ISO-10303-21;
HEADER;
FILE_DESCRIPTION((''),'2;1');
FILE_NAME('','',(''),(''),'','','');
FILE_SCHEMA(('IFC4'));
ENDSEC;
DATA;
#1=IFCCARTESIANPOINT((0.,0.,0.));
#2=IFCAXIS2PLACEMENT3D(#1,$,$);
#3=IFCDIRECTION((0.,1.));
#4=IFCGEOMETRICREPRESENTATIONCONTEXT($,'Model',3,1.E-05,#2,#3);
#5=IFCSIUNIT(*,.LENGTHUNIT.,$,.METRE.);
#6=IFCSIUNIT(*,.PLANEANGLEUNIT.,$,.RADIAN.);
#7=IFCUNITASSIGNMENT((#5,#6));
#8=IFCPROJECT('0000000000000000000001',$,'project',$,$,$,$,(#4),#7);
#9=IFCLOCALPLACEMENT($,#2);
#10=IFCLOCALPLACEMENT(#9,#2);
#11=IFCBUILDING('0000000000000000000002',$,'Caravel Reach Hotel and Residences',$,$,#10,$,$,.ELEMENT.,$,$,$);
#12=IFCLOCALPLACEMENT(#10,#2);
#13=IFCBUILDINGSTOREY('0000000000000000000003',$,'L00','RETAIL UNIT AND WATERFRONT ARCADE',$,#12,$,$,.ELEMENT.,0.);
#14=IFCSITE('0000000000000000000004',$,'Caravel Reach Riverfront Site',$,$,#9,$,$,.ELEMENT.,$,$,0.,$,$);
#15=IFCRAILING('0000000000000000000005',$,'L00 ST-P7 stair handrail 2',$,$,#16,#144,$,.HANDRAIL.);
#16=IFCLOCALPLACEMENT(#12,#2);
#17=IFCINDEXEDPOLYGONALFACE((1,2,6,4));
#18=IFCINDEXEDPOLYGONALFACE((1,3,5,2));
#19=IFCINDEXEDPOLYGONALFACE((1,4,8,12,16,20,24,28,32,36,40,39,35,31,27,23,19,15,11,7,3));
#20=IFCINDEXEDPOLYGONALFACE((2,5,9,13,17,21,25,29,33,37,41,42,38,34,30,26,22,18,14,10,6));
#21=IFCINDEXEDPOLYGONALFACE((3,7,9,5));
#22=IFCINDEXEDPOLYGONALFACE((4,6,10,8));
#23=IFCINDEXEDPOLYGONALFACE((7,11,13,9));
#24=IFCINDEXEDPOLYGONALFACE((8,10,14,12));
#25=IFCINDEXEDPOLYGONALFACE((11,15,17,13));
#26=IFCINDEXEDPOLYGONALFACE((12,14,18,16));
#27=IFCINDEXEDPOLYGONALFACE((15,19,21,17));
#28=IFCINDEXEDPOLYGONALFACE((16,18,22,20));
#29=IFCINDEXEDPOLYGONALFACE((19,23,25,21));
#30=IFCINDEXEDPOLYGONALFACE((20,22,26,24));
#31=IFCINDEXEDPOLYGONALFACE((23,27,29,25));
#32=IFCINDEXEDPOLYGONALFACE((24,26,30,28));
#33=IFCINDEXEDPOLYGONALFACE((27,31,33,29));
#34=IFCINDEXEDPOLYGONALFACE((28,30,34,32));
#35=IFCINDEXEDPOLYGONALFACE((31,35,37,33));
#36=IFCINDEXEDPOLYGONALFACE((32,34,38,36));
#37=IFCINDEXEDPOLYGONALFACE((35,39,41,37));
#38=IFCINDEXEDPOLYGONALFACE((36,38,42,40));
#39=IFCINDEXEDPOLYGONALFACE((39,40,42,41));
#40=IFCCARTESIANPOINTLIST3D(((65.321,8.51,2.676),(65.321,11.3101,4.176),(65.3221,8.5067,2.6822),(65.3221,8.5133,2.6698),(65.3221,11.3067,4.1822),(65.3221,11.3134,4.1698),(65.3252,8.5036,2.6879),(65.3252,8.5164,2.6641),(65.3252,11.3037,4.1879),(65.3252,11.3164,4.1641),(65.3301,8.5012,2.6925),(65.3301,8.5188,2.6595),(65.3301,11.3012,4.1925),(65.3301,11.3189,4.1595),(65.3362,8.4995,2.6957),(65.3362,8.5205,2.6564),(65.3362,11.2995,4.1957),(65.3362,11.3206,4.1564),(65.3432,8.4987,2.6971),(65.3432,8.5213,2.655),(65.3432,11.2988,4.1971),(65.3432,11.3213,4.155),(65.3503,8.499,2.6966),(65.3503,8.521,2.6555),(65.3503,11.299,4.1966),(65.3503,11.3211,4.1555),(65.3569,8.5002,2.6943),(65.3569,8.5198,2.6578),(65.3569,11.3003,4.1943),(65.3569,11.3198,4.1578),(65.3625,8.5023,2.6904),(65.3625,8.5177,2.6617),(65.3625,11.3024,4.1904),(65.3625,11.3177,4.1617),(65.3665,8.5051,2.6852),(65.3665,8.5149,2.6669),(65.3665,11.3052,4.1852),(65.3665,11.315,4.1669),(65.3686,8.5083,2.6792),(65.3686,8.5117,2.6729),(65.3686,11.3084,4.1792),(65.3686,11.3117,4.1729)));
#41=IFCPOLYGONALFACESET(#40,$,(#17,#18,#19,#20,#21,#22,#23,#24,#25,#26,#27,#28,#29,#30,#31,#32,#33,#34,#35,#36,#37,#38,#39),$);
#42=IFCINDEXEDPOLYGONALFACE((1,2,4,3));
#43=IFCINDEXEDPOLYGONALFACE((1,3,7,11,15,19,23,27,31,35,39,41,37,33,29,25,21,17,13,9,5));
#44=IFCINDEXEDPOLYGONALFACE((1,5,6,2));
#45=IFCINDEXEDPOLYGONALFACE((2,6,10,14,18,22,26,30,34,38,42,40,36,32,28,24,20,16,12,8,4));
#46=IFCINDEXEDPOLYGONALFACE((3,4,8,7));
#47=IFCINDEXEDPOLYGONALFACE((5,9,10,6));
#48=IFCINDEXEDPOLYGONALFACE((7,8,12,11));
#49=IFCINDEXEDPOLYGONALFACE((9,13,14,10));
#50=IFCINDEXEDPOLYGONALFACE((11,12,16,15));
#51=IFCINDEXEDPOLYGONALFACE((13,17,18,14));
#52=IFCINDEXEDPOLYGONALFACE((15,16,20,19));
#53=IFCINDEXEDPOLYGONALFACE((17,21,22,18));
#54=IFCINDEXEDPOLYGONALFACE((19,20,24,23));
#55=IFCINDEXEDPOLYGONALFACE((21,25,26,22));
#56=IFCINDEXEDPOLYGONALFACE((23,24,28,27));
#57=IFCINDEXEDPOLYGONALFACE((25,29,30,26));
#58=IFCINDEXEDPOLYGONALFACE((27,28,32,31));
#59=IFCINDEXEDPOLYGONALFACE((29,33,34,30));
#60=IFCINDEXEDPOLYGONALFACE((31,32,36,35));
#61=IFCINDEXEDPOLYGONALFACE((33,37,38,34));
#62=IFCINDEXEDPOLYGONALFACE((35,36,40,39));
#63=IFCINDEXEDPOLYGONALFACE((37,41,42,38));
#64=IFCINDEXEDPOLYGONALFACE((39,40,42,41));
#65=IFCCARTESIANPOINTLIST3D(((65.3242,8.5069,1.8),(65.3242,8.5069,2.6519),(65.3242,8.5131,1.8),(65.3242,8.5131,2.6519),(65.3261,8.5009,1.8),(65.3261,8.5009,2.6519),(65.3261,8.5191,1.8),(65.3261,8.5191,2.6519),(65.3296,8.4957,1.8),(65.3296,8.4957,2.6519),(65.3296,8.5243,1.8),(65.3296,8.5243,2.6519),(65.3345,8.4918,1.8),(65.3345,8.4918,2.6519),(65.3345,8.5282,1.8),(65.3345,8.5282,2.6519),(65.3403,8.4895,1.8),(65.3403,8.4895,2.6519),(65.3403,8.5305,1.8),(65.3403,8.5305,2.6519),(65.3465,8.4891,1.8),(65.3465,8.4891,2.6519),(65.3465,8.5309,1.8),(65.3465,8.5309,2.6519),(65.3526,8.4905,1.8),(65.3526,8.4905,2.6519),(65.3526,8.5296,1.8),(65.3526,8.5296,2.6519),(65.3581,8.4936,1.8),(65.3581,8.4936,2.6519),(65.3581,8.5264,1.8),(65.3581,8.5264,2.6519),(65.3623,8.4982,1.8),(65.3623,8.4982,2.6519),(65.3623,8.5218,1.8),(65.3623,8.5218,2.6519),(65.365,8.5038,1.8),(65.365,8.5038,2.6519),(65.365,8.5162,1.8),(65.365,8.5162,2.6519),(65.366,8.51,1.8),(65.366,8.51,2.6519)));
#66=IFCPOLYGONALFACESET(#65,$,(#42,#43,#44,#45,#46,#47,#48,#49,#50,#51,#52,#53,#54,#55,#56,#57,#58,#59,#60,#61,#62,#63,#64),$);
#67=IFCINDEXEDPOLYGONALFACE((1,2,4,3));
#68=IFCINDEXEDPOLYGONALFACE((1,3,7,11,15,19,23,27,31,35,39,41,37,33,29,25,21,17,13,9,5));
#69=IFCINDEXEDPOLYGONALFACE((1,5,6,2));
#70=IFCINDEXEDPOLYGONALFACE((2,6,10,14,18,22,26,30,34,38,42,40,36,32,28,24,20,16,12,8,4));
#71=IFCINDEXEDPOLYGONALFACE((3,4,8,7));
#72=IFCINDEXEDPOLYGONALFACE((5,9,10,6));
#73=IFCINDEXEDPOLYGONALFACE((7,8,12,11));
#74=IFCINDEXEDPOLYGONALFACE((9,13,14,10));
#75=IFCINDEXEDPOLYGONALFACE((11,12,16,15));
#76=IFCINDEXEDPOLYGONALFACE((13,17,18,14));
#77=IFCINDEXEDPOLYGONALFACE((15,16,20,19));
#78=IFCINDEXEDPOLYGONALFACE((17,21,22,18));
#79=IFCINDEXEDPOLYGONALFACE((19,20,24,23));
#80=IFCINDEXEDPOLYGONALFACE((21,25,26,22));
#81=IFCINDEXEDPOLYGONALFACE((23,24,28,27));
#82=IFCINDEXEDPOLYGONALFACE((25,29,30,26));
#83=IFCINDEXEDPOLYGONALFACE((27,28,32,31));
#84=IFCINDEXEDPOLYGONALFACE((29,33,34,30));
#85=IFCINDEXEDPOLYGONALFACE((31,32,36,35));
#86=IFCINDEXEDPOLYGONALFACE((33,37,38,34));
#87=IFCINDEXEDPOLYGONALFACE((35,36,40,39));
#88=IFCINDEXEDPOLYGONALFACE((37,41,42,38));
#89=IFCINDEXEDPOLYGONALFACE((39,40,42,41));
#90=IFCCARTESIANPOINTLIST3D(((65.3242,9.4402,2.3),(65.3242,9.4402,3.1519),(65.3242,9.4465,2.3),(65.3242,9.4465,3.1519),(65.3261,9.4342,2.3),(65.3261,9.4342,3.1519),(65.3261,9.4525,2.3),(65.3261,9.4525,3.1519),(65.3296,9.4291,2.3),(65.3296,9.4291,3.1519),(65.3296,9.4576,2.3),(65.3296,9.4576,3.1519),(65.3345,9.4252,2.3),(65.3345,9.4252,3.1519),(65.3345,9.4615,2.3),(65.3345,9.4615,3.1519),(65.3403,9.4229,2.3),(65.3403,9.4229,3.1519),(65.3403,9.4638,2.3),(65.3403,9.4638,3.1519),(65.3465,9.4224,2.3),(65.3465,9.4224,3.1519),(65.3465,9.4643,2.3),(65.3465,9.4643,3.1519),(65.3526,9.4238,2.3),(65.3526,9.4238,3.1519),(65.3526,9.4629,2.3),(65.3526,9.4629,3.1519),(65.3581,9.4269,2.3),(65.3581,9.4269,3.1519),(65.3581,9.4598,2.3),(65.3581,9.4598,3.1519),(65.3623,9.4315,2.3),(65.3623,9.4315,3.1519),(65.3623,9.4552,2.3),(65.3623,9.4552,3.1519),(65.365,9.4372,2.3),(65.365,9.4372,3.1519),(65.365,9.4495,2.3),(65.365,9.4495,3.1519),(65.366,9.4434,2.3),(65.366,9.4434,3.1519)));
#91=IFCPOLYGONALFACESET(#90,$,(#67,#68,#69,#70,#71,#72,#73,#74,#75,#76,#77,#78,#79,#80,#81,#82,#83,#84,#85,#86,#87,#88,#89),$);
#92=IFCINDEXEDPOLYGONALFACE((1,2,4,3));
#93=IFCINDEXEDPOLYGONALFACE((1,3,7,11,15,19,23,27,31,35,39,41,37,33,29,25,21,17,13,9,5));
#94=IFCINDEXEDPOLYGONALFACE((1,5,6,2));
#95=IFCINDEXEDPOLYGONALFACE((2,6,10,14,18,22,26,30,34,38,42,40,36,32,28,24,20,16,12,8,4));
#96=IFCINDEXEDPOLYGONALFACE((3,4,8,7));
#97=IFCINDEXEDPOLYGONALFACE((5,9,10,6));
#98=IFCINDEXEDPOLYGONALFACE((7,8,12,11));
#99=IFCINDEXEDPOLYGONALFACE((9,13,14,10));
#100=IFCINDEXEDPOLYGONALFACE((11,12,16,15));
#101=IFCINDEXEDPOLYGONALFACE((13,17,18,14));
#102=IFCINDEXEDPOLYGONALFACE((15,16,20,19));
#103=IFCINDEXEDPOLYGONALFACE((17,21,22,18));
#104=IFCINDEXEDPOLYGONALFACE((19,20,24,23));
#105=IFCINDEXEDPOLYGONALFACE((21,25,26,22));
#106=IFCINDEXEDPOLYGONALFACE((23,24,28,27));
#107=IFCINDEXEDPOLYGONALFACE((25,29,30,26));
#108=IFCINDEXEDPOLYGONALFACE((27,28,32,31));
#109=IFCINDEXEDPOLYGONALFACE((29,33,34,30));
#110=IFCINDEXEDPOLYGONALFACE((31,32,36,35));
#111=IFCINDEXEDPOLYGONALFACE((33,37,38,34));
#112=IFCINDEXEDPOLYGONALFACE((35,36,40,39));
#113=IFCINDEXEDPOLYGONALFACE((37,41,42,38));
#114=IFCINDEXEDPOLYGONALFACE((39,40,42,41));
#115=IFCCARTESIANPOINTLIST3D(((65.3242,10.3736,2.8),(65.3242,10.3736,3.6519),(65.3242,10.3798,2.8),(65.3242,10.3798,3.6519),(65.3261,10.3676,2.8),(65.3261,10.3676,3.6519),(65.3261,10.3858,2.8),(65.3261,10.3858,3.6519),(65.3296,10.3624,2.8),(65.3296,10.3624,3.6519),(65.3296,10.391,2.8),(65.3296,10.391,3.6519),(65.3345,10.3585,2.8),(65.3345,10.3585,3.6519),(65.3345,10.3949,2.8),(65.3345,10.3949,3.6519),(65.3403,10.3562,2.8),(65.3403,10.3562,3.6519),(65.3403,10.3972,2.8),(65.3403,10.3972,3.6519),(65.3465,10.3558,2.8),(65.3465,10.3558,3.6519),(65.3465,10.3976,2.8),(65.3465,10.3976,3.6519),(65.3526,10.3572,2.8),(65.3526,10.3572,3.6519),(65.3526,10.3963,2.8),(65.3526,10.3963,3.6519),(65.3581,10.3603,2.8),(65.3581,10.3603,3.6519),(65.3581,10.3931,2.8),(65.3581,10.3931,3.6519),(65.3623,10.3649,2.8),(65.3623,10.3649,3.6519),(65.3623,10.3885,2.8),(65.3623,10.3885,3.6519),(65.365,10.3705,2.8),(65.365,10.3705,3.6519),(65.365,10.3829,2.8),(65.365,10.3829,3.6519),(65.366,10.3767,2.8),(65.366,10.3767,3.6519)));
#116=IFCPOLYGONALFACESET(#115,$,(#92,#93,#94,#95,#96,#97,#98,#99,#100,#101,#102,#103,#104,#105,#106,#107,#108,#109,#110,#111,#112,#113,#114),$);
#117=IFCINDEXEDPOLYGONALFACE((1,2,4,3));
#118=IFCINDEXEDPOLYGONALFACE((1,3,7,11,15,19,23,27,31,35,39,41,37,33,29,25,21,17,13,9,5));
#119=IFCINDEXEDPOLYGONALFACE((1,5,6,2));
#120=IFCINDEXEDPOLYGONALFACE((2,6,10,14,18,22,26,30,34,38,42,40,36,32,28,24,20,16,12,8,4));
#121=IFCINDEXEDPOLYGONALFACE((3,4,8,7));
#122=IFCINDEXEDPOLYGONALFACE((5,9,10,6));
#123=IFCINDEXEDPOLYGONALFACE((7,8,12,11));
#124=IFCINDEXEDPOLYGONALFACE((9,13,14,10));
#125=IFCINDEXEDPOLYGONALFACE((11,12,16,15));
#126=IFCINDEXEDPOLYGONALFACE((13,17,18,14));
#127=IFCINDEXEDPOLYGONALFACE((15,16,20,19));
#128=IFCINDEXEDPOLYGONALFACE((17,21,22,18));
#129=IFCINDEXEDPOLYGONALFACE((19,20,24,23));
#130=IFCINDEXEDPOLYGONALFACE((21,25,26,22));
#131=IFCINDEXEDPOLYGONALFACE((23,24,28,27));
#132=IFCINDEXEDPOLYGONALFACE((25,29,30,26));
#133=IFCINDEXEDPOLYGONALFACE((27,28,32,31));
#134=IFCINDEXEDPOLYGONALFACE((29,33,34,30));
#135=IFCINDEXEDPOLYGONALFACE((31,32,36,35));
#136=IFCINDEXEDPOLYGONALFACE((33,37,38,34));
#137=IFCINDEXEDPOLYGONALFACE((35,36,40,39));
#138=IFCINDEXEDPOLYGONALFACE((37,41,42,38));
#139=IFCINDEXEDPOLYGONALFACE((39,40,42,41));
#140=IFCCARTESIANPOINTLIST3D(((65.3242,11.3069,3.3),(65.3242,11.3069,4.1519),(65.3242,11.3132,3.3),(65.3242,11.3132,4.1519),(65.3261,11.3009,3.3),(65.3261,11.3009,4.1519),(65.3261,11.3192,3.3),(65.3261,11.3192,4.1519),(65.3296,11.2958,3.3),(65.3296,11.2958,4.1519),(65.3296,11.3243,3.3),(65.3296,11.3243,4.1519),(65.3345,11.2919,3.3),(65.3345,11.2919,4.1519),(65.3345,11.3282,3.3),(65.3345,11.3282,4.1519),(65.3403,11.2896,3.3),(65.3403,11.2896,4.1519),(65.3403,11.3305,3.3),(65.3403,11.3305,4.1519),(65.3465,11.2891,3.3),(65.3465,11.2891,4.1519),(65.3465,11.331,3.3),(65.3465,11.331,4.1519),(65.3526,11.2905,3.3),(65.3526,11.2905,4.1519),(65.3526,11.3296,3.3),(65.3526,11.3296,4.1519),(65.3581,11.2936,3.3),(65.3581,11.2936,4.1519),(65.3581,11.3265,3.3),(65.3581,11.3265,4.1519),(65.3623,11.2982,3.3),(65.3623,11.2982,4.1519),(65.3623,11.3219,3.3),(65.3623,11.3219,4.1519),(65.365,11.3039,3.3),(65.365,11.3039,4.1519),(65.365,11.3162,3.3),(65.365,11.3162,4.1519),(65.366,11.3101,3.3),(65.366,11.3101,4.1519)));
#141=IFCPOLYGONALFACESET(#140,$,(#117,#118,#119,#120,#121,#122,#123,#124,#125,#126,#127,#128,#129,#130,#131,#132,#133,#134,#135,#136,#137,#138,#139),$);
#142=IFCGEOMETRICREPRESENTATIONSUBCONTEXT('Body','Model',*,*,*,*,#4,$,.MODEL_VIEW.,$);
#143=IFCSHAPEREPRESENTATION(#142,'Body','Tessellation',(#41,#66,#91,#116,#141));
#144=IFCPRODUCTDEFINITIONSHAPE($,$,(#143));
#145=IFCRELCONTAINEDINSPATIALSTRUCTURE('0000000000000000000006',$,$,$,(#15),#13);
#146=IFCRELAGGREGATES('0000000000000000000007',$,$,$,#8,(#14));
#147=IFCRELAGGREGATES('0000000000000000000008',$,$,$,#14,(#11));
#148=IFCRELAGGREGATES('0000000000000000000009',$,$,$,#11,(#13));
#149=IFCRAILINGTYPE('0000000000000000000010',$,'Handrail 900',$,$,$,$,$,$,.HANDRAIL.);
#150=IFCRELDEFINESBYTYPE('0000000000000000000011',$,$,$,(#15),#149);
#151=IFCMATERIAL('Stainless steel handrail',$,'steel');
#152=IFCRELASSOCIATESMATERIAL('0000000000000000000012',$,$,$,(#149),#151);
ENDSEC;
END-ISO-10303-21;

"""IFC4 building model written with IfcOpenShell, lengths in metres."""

from ifc_helpers import new_model, si_unit, direction, frame, origin, origin_2d, place, context, subcontext, project, spatial, circle, extrude, material, type_object, element, save


model = new_model("IFC4")

# Units and contexts
model_context = context("Model", 3, precision=1e-05, world=origin(), true_north=direction((0.0, 1.0)))
body_context = subcontext(model_context, "Body", "Model", "MODEL_VIEW")
ifc_project = project(units=[si_unit("LENGTHUNIT", "METRE"), si_unit("PLANEANGLEUNIT", "RADIAN")], contexts=[model_context])

# Site, building, storey
site_placement = place(None, origin())
site = spatial("IfcSite", under=ifc_project, at=site_placement, Name="Caravel Reach Riverfront Site", CompositionType="ELEMENT", RefElevation=0.0)
building_placement = place(site_placement, origin())
building = spatial("IfcBuilding", under=site, at=building_placement, Name="Caravel Reach Hotel and Residences", CompositionType="ELEMENT")
storey_placement = place(building_placement, origin())
storey = spatial("IfcBuildingStorey", under=building, at=storey_placement, Name="L00", Description="RETAIL UNIT AND WATERFRONT ARCADE", CompositionType="ELEMENT", Elevation=0.0)

# Railing
ifc_material_1 = material(Name="Stainless steel handrail", Category="steel")
railing_type_1 = type_object("IfcRailingType", Name="Handrail 900", PredefinedType="HANDRAIL", material=ifc_material_1)
for number, where, name in (
    (1, (65.345, 8.51, 1.8), "L00 ST-P7 stair handrail 2"),
):
    element("IfcRailing", number, at=place(storey_placement, frame(where)), inside=storey, type_object=railing_type_1, Name=name, PredefinedType="HANDRAIL", context=body_context, shape_type="SweptSolid", body=[
        extrude(circle(Radius=0.0239, at=origin_2d()), frame((0.0, 0.0, 0.876), z_axis=(0.0, 0.881483, 0.472215), x_axis=(-1.0, 0.0, 0.0)), (0.0, 0.0, 1.0), 3.1765),
        extrude(circle(Radius=0.021, at=origin_2d()), origin(), (0.0, 0.0, 1.0), 0.8518),
        extrude(circle(Radius=0.021, at=origin_2d()), frame((0.0, 0.9333, 0.5)), (0.0, 0.0, 1.0), 0.8518),
        extrude(circle(Radius=0.021, at=origin_2d()), frame((0.0, 1.8667, 1.0)), (0.0, 0.0, 1.0), 0.8518),
        extrude(circle(Radius=0.021, at=origin_2d()), frame((0.0, 2.8, 1.5)), (0.0, 0.0, 1.0), 0.8518),
    ])

save(model, "model.ifc")
